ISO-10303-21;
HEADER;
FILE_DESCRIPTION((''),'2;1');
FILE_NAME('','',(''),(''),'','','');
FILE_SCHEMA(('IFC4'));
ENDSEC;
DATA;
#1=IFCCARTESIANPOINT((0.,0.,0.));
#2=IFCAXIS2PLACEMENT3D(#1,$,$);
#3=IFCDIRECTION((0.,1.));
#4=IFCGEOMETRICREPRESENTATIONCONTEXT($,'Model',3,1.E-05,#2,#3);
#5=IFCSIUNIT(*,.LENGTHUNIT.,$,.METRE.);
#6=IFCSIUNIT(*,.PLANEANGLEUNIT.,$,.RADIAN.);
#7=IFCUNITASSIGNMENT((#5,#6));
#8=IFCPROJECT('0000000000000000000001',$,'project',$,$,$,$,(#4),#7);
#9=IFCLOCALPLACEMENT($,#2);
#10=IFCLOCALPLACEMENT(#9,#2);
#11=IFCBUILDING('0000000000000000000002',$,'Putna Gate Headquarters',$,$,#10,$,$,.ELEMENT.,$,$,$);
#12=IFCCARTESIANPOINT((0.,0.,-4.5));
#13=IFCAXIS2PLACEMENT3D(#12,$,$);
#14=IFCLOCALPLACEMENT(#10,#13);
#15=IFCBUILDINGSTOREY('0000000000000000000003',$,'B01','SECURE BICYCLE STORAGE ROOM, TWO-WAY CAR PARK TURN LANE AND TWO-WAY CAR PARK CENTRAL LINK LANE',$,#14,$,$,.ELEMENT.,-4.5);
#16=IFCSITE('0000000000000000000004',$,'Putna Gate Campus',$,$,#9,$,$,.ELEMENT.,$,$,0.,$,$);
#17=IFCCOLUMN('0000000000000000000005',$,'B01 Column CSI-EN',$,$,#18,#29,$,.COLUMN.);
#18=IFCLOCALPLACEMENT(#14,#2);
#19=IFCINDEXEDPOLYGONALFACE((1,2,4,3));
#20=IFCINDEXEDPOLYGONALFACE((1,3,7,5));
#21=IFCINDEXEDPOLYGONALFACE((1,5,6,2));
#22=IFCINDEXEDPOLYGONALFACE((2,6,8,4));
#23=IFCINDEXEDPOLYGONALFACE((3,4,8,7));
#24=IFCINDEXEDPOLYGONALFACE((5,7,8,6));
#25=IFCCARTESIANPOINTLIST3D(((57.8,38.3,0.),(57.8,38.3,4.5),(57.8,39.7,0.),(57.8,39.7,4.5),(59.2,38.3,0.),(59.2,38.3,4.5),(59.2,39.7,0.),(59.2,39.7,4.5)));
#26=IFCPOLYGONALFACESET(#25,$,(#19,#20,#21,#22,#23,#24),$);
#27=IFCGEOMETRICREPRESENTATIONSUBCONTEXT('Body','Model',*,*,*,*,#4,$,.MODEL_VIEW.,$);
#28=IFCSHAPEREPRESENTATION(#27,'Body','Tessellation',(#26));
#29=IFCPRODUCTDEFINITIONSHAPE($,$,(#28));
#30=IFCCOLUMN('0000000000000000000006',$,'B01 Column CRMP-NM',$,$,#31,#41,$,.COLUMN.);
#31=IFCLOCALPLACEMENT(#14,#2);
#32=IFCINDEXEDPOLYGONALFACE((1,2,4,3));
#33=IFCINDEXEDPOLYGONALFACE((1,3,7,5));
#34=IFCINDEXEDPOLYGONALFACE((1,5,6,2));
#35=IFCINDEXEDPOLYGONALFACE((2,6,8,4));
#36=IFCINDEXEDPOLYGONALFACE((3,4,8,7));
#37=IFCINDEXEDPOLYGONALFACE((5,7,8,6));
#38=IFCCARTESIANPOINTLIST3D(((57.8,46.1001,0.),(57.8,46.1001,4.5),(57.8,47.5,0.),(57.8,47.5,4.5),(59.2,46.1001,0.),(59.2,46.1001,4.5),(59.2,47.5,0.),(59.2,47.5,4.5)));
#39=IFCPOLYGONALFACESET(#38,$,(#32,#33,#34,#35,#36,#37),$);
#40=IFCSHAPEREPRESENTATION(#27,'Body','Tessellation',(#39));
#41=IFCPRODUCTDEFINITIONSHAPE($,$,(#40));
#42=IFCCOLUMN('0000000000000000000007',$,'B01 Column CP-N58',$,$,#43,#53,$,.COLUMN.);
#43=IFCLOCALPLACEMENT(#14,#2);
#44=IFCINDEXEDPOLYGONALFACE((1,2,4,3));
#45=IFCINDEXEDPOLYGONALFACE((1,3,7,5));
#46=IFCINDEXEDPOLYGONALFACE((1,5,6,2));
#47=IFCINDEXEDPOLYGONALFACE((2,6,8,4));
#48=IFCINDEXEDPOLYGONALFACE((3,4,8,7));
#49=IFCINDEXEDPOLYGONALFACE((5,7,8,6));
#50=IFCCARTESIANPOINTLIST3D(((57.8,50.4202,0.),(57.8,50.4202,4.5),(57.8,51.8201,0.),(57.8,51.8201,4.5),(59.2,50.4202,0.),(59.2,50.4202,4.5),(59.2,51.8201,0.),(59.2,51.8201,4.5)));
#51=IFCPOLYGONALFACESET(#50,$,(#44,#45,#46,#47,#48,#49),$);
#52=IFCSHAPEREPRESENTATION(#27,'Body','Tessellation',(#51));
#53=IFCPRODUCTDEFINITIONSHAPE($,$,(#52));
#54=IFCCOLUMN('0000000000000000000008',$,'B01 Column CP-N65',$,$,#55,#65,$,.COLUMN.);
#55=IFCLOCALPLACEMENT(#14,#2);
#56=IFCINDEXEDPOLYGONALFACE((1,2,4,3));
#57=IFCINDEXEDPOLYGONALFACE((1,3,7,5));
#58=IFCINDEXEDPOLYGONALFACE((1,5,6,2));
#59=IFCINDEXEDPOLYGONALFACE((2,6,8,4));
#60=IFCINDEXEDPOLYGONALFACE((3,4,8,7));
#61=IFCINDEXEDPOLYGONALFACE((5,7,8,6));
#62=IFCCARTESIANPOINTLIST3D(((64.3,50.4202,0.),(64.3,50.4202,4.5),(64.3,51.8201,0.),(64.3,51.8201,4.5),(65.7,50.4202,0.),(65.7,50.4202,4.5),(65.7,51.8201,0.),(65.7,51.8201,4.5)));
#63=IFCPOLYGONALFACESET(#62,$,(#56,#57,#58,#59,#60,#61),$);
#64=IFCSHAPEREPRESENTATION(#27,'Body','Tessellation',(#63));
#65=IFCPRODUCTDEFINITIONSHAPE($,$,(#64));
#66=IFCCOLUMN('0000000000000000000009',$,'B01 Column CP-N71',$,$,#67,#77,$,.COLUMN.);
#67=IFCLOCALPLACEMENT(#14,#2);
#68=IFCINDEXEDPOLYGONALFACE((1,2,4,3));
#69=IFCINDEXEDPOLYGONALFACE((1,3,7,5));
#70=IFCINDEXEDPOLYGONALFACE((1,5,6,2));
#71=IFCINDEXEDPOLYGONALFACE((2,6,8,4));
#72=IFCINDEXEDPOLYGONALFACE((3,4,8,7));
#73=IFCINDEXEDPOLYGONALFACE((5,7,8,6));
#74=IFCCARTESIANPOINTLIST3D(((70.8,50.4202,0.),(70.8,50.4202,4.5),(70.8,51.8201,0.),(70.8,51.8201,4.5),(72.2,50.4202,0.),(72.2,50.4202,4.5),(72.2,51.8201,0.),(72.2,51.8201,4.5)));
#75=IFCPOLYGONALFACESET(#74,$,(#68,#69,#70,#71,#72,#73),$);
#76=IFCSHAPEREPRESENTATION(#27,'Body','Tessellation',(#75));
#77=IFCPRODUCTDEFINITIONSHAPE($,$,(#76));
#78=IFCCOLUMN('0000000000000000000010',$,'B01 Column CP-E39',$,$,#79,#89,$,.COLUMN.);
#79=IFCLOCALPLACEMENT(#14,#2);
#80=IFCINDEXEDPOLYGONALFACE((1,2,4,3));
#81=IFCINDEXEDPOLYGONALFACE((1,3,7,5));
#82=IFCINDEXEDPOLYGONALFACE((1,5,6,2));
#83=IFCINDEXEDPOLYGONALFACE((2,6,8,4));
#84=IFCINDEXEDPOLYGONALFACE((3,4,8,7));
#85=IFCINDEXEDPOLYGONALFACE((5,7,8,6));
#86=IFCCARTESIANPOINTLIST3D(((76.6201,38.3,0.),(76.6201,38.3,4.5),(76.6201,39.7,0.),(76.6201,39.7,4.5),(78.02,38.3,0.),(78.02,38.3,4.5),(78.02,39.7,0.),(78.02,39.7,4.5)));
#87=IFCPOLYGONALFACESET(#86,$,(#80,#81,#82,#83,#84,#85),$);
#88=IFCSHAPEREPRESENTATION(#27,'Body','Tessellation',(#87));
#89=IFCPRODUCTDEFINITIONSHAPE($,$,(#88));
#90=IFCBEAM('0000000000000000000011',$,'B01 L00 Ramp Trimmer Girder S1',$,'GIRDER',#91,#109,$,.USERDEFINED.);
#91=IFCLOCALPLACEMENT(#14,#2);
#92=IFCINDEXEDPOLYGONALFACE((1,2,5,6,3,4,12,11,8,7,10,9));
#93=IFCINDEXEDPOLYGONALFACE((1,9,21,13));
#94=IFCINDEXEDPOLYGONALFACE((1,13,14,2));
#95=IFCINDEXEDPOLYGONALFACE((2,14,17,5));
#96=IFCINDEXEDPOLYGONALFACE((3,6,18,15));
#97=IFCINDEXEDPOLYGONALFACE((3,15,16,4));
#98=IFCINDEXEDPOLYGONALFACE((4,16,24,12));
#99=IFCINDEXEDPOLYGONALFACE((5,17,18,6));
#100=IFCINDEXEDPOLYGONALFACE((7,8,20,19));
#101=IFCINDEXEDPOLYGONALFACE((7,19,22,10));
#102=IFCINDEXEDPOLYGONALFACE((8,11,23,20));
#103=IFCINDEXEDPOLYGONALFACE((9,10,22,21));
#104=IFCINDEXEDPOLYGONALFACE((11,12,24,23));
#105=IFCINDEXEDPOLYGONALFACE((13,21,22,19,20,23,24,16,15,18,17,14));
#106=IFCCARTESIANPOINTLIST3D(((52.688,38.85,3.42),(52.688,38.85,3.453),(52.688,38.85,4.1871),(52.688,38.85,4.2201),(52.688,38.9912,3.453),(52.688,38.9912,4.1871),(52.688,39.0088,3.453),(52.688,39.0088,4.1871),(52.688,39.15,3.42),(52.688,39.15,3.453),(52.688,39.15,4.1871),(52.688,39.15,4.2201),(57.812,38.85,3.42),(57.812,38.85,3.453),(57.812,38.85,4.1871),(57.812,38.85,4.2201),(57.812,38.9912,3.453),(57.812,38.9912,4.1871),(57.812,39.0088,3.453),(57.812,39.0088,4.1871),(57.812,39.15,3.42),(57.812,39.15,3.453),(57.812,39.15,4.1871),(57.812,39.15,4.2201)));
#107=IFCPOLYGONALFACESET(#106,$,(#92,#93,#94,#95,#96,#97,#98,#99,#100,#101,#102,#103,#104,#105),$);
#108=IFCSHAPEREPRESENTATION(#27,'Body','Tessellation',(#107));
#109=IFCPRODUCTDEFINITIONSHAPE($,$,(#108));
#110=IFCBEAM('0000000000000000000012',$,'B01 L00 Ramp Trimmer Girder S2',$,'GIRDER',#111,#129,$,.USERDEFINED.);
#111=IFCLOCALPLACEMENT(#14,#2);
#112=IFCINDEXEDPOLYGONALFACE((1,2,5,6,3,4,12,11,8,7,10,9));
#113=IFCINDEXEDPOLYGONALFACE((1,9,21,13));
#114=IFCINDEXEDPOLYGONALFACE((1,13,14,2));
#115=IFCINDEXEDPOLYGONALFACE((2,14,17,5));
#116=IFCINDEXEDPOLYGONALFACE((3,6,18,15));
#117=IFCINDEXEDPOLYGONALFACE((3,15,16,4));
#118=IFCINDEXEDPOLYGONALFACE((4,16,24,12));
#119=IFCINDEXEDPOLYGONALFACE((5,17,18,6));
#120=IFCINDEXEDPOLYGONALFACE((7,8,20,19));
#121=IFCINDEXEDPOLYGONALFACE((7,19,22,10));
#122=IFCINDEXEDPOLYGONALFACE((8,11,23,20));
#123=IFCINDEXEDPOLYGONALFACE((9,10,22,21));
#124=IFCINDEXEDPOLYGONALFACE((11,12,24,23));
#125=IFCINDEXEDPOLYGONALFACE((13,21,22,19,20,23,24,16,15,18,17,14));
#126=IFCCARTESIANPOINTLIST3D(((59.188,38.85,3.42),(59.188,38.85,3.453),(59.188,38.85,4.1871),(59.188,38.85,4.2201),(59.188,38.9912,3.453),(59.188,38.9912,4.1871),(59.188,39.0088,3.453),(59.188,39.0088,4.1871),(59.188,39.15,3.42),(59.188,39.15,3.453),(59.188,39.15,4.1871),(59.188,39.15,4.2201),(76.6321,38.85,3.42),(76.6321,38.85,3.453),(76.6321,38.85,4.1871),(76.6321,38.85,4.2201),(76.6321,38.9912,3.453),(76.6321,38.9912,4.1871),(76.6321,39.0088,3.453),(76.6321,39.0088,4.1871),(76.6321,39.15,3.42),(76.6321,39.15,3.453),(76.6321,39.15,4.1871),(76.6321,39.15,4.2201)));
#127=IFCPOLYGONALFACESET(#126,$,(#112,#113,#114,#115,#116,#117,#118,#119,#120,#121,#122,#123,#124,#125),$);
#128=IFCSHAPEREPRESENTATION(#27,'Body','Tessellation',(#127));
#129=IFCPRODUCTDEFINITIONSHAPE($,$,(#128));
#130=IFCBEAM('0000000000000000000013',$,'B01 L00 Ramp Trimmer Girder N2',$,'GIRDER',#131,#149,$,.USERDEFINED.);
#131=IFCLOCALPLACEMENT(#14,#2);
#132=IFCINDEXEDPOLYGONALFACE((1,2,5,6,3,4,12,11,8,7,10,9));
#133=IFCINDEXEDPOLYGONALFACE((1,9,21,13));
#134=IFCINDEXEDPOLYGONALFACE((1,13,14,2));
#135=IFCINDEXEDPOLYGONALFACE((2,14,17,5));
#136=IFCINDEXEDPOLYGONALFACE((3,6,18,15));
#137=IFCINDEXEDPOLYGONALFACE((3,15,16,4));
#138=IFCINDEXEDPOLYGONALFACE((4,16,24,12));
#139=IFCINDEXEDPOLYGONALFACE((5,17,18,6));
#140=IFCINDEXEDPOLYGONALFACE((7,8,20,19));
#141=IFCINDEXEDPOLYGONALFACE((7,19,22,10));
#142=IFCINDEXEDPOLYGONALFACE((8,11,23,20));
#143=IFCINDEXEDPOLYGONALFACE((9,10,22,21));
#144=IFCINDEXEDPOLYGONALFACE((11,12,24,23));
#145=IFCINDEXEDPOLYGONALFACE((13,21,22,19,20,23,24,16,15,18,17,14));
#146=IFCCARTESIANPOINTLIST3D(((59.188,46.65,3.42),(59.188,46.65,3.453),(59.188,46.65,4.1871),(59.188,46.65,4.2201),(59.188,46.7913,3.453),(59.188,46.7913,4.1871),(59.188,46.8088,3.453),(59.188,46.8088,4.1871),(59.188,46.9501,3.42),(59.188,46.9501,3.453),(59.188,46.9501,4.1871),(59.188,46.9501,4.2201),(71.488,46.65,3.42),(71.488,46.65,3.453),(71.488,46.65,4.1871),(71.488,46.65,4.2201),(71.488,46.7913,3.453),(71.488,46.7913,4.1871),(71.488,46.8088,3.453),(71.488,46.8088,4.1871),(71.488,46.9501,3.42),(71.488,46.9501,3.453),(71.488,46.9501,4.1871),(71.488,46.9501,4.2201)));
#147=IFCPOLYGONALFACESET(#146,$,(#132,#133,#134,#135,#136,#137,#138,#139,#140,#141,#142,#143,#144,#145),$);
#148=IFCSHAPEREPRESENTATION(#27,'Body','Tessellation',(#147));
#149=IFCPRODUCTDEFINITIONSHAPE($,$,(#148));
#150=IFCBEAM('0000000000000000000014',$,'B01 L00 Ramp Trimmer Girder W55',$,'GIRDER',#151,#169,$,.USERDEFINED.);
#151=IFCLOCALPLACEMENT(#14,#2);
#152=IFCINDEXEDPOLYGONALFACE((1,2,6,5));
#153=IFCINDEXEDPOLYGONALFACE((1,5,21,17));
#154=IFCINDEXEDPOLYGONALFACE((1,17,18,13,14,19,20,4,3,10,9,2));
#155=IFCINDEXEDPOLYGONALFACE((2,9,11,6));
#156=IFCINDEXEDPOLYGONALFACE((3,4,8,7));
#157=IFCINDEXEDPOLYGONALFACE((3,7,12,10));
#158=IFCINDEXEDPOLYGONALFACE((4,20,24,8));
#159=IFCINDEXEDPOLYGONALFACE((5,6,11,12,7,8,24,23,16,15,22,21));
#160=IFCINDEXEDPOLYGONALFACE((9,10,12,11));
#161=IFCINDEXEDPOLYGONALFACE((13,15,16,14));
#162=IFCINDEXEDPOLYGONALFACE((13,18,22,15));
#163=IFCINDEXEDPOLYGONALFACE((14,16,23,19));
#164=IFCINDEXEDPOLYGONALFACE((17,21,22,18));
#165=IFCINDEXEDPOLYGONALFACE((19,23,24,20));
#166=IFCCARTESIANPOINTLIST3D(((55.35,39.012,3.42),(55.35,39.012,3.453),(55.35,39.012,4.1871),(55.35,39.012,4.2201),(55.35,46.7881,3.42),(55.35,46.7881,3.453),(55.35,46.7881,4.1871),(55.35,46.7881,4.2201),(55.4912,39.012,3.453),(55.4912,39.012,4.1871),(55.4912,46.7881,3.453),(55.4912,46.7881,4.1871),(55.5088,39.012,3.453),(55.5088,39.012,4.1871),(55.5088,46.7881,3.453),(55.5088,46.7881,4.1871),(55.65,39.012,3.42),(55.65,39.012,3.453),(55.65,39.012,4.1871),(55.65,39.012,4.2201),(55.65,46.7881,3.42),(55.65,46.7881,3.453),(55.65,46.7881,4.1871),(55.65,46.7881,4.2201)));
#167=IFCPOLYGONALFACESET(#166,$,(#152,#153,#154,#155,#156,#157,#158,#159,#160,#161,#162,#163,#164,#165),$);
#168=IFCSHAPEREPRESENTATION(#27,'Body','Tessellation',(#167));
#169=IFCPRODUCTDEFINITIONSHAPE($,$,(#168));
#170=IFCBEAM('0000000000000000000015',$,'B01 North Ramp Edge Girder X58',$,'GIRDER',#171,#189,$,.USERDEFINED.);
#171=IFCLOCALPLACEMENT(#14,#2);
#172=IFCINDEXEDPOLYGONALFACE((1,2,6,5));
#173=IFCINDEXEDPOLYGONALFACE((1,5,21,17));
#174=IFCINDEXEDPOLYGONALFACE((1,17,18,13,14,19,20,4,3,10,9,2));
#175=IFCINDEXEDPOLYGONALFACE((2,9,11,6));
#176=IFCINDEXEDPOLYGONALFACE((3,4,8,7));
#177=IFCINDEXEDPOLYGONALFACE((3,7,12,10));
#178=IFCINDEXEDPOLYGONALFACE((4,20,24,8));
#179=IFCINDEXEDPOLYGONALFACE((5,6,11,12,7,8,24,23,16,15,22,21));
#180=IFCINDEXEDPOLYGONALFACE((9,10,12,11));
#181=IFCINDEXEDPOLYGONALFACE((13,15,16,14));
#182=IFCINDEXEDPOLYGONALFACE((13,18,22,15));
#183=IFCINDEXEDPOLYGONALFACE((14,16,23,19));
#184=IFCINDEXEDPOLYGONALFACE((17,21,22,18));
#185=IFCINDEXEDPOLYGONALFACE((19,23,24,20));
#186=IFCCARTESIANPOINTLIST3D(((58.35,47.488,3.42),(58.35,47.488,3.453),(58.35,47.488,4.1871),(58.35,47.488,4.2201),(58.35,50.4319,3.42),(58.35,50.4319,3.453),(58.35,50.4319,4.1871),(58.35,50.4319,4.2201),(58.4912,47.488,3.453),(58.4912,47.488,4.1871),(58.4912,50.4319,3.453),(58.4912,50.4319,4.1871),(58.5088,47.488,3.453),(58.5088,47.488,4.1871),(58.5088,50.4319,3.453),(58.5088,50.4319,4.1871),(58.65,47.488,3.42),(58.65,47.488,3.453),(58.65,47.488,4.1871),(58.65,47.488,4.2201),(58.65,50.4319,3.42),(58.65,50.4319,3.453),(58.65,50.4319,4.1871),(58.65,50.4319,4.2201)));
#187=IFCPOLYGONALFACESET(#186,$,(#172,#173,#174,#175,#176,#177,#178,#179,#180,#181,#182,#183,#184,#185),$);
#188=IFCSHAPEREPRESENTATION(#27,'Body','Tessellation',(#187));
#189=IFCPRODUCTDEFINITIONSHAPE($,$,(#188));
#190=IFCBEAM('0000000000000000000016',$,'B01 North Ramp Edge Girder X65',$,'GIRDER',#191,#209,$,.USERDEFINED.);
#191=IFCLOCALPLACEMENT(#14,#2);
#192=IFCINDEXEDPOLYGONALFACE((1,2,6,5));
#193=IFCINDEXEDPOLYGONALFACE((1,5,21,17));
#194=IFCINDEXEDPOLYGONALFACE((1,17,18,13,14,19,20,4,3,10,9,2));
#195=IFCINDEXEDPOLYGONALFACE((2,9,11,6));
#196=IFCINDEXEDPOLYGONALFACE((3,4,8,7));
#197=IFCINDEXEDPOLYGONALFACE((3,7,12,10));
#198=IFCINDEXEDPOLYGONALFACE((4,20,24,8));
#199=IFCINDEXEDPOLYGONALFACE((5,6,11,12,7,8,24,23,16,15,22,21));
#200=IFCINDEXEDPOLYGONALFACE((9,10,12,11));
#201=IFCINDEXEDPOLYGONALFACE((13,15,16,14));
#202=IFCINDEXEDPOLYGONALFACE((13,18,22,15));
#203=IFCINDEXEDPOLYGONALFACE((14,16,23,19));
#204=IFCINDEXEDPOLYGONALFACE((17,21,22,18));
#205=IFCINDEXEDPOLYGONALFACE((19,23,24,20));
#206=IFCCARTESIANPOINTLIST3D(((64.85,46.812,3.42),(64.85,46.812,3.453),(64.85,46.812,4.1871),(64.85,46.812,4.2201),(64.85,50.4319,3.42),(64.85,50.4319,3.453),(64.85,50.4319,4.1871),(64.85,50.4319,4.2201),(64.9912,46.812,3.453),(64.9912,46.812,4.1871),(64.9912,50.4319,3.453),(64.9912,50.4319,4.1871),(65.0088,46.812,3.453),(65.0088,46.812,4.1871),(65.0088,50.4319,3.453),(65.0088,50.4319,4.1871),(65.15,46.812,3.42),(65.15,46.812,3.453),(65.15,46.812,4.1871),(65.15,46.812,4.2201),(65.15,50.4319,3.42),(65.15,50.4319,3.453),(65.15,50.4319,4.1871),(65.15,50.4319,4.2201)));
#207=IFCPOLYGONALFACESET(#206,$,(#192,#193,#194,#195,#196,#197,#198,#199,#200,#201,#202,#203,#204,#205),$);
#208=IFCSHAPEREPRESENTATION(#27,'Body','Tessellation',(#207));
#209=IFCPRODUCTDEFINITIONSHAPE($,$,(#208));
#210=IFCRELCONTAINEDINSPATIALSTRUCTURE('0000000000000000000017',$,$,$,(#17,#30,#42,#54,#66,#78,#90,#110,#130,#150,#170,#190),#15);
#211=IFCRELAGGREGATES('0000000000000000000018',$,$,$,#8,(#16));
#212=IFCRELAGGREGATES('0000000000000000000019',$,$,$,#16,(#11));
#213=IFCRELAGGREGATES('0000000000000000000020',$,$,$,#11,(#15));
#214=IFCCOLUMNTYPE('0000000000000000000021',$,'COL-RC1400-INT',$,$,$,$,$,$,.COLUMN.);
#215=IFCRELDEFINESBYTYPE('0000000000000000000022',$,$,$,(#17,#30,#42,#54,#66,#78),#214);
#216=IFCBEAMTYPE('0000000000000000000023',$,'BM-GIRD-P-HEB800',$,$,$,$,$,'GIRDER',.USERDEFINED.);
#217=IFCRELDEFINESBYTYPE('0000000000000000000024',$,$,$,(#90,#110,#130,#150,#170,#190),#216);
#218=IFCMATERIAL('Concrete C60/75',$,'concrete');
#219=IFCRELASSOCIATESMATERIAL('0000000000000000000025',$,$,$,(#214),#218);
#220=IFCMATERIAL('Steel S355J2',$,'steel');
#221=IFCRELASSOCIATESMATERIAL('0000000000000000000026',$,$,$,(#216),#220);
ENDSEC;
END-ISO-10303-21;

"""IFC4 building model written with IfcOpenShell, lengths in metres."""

from ifc_helpers import new_model, si_unit, direction, frame, origin, origin_2d, place, context, subcontext, project, spatial, rectangle, i_section, extrude, material, material_profile, profile_set, type_object, element, save


model = new_model("IFC4")

# Units and contexts
model_context = context("Model", 3, precision=1e-05, world=origin(), true_north=direction((0.0, 1.0)))
body_context = subcontext(model_context, "Body", "Model", "MODEL_VIEW")
ifc_project = project(units=[si_unit("LENGTHUNIT", "METRE"), si_unit("PLANEANGLEUNIT", "RADIAN")], contexts=[model_context])

# Site, building, storey
site_placement = place(None, origin())
site = spatial("IfcSite", under=ifc_project, at=site_placement, Name="Putna Gate Campus", CompositionType="ELEMENT", RefElevation=0.0)
building_placement = place(site_placement, origin())
building = spatial("IfcBuilding", under=site, at=building_placement, Name="Putna Gate Headquarters", CompositionType="ELEMENT")
storey_placement = place(building_placement, frame((0.0, 0.0, -4.5)))
storey = spatial("IfcBuildingStorey", under=building, at=storey_placement, Name="B01", Description="SECURE BICYCLE STORAGE ROOM, TWO-WAY CAR PARK TURN LANE AND TWO-WAY CAR PARK CENTRAL LINK LANE", CompositionType="ELEMENT", Elevation=-4.5)

# Columns
ifc_material_1 = material(Name="Concrete C60/75", Category="concrete")
ifc_material_profile_1 = material_profile(ifc_material_1, rectangle(XDim=1.3999, YDim=1.3999, at=origin_2d()), Name="Concrete C60/75")
ifc_profile_set_1 = profile_set([ifc_material_profile_1], Name="Concrete C60/75")
column_type = type_object("IfcColumnType", Name="COL-RC1400-INT", PredefinedType="COLUMN", material=ifc_profile_set_1)
for number, where, z_axis, x_axis, name in (
    (1, (58.5, 39.0, 0.0), (0.0, 0.0, 1.0), (1.0, 0.0, 0.0), "B01 Column CSI-EN"),
    (2, (58.5, 46.8, 0.0), (0.0, 0.0, 1.0), (1.0, 0.0, 0.0), "B01 Column CRMP-NM"),
    (3, (58.5, 51.1201, 0.0), (0.0, 0.0, 1.0), (1.0, 0.0, 0.0), "B01 Column CP-N58"),
    (4, (65.0, 51.1201, 0.0), (0.0, 0.0, 1.0), (1.0, 0.0, 0.0), "B01 Column CP-N65"),
    (5, (71.5, 51.1201, 0.0), (0.0, 0.0, 1.0), (1.0, 0.0, 0.0), "B01 Column CP-N71"),
    (6, (77.3201, 39.0, 0.0), (0.0, 0.0, 1.0), (1.0, 0.0, 0.0), "B01 Column CP-E39"),
):
    element("IfcColumn", number, at=place(storey_placement, frame(where, z_axis=z_axis, x_axis=x_axis)), inside=storey, type_object=column_type, Name=name, PredefinedType="COLUMN", context=body_context, shape_type="SweptSolid", body=[
        extrude(rectangle(XDim=1.3999, YDim=1.3999, at=origin_2d()), origin(), (0.0, 0.0, 1.0), 4.5),
    ])

# Beams
ifc_material_2 = material(Name="Steel S355J2", Category="steel")
ifc_material_profile_2 = material_profile(ifc_material_2, i_section(OverallWidth=0.3, OverallDepth=0.8, WebThickness=0.0176, FlangeThickness=0.033, at=origin_2d()), Name="Steel S355J2")
ifc_profile_set_2 = profile_set([ifc_material_profile_2], Name="Steel S355J2")
beam_type_1 = type_object("IfcBeamType", Name="BM-GIRD-P-HEB800", ElementType="GIRDER", PredefinedType="USERDEFINED", material=ifc_profile_set_2)
beam_1_placement = place(storey_placement, frame((52.688, 39.0, 3.8201), z_axis=(1.0, 0.0, 0.0), x_axis=(0.0, 1.0, 0.0)))
element("IfcBeam", 7, at=beam_1_placement, inside=storey, type_object=beam_type_1, Name="B01 L00 Ramp Trimmer Girder S1", ObjectType="GIRDER", PredefinedType="USERDEFINED", context=body_context, shape_type="SweptSolid", body=[
    extrude(i_section(OverallWidth=0.3, OverallDepth=0.8, WebThickness=0.0176, FlangeThickness=0.033, at=origin_2d()), origin(), (0.0, 0.0, 1.0), 5.124),
])
beam_2_placement = place(storey_placement, frame((59.188, 39.0, 3.8201), z_axis=(1.0, 0.0, 0.0), x_axis=(0.0, 1.0, 0.0)))
element("IfcBeam", 8, at=beam_2_placement, inside=storey, type_object=beam_type_1, Name="B01 L00 Ramp Trimmer Girder S2", ObjectType="GIRDER", PredefinedType="USERDEFINED", context=body_context, shape_type="SweptSolid", body=[
    extrude(i_section(OverallWidth=0.3, OverallDepth=0.8, WebThickness=0.0176, FlangeThickness=0.033, at=origin_2d()), origin(), (0.0, 0.0, 1.0), 17.4441),
])
beam_3_placement = place(storey_placement, frame((59.188, 46.8, 3.8201), z_axis=(1.0, 0.0, 0.0), x_axis=(0.0, 1.0, 0.0)))
element("IfcBeam", 9, at=beam_3_placement, inside=storey, type_object=beam_type_1, Name="B01 L00 Ramp Trimmer Girder N2", ObjectType="GIRDER", PredefinedType="USERDEFINED", context=body_context, shape_type="SweptSolid", body=[
    extrude(i_section(OverallWidth=0.3, OverallDepth=0.8, WebThickness=0.0176, FlangeThickness=0.033, at=origin_2d()), origin(), (0.0, 0.0, 1.0), 12.3),
])
beam_4_placement = place(storey_placement, frame((55.5, 39.012, 3.8201), z_axis=(0.0, 1.0, 0.0), x_axis=(-1.0, 0.0, 0.0)))
element("IfcBeam", 10, at=beam_4_placement, inside=storey, type_object=beam_type_1, Name="B01 L00 Ramp Trimmer Girder W55", ObjectType="GIRDER", PredefinedType="USERDEFINED", context=body_context, shape_type="SweptSolid", body=[
    extrude(i_section(OverallWidth=0.3, OverallDepth=0.8, WebThickness=0.0176, FlangeThickness=0.033, at=origin_2d()), origin(), (0.0, 0.0, 1.0), 7.7761),
])
beam_5_placement = place(storey_placement, frame((58.5, 47.488, 3.8201), z_axis=(0.0, 1.0, 0.0), x_axis=(-1.0, 0.0, 0.0)))
element("IfcBeam", 11, at=beam_5_placement, inside=storey, type_object=beam_type_1, Name="B01 North Ramp Edge Girder X58", ObjectType="GIRDER", PredefinedType="USERDEFINED", context=body_context, shape_type="SweptSolid", body=[
    extrude(i_section(OverallWidth=0.3, OverallDepth=0.8, WebThickness=0.0176, FlangeThickness=0.033, at=origin_2d()), origin(), (0.0, 0.0, 1.0), 2.9438),
])
for number, where, z_axis, x_axis, name in (
    (12, (65.0, 46.812, 3.8201), (0.0, 1.0, 0.0), (-1.0, 0.0, 0.0), "B01 North Ramp Edge Girder X65"),
):
    element("IfcBeam", number, at=place(storey_placement, frame(where, z_axis=z_axis, x_axis=x_axis)), inside=storey, type_object=beam_type_1, Name=name, ObjectType="GIRDER", PredefinedType="USERDEFINED", context=body_context, shape_type="SweptSolid", body=[
        extrude(i_section(OverallWidth=0.3, OverallDepth=0.8, WebThickness=0.0176, FlangeThickness=0.033, at=origin_2d()), origin(), (0.0, 0.0, 1.0), 3.6199),
    ])

save(model, "model.ifc")
